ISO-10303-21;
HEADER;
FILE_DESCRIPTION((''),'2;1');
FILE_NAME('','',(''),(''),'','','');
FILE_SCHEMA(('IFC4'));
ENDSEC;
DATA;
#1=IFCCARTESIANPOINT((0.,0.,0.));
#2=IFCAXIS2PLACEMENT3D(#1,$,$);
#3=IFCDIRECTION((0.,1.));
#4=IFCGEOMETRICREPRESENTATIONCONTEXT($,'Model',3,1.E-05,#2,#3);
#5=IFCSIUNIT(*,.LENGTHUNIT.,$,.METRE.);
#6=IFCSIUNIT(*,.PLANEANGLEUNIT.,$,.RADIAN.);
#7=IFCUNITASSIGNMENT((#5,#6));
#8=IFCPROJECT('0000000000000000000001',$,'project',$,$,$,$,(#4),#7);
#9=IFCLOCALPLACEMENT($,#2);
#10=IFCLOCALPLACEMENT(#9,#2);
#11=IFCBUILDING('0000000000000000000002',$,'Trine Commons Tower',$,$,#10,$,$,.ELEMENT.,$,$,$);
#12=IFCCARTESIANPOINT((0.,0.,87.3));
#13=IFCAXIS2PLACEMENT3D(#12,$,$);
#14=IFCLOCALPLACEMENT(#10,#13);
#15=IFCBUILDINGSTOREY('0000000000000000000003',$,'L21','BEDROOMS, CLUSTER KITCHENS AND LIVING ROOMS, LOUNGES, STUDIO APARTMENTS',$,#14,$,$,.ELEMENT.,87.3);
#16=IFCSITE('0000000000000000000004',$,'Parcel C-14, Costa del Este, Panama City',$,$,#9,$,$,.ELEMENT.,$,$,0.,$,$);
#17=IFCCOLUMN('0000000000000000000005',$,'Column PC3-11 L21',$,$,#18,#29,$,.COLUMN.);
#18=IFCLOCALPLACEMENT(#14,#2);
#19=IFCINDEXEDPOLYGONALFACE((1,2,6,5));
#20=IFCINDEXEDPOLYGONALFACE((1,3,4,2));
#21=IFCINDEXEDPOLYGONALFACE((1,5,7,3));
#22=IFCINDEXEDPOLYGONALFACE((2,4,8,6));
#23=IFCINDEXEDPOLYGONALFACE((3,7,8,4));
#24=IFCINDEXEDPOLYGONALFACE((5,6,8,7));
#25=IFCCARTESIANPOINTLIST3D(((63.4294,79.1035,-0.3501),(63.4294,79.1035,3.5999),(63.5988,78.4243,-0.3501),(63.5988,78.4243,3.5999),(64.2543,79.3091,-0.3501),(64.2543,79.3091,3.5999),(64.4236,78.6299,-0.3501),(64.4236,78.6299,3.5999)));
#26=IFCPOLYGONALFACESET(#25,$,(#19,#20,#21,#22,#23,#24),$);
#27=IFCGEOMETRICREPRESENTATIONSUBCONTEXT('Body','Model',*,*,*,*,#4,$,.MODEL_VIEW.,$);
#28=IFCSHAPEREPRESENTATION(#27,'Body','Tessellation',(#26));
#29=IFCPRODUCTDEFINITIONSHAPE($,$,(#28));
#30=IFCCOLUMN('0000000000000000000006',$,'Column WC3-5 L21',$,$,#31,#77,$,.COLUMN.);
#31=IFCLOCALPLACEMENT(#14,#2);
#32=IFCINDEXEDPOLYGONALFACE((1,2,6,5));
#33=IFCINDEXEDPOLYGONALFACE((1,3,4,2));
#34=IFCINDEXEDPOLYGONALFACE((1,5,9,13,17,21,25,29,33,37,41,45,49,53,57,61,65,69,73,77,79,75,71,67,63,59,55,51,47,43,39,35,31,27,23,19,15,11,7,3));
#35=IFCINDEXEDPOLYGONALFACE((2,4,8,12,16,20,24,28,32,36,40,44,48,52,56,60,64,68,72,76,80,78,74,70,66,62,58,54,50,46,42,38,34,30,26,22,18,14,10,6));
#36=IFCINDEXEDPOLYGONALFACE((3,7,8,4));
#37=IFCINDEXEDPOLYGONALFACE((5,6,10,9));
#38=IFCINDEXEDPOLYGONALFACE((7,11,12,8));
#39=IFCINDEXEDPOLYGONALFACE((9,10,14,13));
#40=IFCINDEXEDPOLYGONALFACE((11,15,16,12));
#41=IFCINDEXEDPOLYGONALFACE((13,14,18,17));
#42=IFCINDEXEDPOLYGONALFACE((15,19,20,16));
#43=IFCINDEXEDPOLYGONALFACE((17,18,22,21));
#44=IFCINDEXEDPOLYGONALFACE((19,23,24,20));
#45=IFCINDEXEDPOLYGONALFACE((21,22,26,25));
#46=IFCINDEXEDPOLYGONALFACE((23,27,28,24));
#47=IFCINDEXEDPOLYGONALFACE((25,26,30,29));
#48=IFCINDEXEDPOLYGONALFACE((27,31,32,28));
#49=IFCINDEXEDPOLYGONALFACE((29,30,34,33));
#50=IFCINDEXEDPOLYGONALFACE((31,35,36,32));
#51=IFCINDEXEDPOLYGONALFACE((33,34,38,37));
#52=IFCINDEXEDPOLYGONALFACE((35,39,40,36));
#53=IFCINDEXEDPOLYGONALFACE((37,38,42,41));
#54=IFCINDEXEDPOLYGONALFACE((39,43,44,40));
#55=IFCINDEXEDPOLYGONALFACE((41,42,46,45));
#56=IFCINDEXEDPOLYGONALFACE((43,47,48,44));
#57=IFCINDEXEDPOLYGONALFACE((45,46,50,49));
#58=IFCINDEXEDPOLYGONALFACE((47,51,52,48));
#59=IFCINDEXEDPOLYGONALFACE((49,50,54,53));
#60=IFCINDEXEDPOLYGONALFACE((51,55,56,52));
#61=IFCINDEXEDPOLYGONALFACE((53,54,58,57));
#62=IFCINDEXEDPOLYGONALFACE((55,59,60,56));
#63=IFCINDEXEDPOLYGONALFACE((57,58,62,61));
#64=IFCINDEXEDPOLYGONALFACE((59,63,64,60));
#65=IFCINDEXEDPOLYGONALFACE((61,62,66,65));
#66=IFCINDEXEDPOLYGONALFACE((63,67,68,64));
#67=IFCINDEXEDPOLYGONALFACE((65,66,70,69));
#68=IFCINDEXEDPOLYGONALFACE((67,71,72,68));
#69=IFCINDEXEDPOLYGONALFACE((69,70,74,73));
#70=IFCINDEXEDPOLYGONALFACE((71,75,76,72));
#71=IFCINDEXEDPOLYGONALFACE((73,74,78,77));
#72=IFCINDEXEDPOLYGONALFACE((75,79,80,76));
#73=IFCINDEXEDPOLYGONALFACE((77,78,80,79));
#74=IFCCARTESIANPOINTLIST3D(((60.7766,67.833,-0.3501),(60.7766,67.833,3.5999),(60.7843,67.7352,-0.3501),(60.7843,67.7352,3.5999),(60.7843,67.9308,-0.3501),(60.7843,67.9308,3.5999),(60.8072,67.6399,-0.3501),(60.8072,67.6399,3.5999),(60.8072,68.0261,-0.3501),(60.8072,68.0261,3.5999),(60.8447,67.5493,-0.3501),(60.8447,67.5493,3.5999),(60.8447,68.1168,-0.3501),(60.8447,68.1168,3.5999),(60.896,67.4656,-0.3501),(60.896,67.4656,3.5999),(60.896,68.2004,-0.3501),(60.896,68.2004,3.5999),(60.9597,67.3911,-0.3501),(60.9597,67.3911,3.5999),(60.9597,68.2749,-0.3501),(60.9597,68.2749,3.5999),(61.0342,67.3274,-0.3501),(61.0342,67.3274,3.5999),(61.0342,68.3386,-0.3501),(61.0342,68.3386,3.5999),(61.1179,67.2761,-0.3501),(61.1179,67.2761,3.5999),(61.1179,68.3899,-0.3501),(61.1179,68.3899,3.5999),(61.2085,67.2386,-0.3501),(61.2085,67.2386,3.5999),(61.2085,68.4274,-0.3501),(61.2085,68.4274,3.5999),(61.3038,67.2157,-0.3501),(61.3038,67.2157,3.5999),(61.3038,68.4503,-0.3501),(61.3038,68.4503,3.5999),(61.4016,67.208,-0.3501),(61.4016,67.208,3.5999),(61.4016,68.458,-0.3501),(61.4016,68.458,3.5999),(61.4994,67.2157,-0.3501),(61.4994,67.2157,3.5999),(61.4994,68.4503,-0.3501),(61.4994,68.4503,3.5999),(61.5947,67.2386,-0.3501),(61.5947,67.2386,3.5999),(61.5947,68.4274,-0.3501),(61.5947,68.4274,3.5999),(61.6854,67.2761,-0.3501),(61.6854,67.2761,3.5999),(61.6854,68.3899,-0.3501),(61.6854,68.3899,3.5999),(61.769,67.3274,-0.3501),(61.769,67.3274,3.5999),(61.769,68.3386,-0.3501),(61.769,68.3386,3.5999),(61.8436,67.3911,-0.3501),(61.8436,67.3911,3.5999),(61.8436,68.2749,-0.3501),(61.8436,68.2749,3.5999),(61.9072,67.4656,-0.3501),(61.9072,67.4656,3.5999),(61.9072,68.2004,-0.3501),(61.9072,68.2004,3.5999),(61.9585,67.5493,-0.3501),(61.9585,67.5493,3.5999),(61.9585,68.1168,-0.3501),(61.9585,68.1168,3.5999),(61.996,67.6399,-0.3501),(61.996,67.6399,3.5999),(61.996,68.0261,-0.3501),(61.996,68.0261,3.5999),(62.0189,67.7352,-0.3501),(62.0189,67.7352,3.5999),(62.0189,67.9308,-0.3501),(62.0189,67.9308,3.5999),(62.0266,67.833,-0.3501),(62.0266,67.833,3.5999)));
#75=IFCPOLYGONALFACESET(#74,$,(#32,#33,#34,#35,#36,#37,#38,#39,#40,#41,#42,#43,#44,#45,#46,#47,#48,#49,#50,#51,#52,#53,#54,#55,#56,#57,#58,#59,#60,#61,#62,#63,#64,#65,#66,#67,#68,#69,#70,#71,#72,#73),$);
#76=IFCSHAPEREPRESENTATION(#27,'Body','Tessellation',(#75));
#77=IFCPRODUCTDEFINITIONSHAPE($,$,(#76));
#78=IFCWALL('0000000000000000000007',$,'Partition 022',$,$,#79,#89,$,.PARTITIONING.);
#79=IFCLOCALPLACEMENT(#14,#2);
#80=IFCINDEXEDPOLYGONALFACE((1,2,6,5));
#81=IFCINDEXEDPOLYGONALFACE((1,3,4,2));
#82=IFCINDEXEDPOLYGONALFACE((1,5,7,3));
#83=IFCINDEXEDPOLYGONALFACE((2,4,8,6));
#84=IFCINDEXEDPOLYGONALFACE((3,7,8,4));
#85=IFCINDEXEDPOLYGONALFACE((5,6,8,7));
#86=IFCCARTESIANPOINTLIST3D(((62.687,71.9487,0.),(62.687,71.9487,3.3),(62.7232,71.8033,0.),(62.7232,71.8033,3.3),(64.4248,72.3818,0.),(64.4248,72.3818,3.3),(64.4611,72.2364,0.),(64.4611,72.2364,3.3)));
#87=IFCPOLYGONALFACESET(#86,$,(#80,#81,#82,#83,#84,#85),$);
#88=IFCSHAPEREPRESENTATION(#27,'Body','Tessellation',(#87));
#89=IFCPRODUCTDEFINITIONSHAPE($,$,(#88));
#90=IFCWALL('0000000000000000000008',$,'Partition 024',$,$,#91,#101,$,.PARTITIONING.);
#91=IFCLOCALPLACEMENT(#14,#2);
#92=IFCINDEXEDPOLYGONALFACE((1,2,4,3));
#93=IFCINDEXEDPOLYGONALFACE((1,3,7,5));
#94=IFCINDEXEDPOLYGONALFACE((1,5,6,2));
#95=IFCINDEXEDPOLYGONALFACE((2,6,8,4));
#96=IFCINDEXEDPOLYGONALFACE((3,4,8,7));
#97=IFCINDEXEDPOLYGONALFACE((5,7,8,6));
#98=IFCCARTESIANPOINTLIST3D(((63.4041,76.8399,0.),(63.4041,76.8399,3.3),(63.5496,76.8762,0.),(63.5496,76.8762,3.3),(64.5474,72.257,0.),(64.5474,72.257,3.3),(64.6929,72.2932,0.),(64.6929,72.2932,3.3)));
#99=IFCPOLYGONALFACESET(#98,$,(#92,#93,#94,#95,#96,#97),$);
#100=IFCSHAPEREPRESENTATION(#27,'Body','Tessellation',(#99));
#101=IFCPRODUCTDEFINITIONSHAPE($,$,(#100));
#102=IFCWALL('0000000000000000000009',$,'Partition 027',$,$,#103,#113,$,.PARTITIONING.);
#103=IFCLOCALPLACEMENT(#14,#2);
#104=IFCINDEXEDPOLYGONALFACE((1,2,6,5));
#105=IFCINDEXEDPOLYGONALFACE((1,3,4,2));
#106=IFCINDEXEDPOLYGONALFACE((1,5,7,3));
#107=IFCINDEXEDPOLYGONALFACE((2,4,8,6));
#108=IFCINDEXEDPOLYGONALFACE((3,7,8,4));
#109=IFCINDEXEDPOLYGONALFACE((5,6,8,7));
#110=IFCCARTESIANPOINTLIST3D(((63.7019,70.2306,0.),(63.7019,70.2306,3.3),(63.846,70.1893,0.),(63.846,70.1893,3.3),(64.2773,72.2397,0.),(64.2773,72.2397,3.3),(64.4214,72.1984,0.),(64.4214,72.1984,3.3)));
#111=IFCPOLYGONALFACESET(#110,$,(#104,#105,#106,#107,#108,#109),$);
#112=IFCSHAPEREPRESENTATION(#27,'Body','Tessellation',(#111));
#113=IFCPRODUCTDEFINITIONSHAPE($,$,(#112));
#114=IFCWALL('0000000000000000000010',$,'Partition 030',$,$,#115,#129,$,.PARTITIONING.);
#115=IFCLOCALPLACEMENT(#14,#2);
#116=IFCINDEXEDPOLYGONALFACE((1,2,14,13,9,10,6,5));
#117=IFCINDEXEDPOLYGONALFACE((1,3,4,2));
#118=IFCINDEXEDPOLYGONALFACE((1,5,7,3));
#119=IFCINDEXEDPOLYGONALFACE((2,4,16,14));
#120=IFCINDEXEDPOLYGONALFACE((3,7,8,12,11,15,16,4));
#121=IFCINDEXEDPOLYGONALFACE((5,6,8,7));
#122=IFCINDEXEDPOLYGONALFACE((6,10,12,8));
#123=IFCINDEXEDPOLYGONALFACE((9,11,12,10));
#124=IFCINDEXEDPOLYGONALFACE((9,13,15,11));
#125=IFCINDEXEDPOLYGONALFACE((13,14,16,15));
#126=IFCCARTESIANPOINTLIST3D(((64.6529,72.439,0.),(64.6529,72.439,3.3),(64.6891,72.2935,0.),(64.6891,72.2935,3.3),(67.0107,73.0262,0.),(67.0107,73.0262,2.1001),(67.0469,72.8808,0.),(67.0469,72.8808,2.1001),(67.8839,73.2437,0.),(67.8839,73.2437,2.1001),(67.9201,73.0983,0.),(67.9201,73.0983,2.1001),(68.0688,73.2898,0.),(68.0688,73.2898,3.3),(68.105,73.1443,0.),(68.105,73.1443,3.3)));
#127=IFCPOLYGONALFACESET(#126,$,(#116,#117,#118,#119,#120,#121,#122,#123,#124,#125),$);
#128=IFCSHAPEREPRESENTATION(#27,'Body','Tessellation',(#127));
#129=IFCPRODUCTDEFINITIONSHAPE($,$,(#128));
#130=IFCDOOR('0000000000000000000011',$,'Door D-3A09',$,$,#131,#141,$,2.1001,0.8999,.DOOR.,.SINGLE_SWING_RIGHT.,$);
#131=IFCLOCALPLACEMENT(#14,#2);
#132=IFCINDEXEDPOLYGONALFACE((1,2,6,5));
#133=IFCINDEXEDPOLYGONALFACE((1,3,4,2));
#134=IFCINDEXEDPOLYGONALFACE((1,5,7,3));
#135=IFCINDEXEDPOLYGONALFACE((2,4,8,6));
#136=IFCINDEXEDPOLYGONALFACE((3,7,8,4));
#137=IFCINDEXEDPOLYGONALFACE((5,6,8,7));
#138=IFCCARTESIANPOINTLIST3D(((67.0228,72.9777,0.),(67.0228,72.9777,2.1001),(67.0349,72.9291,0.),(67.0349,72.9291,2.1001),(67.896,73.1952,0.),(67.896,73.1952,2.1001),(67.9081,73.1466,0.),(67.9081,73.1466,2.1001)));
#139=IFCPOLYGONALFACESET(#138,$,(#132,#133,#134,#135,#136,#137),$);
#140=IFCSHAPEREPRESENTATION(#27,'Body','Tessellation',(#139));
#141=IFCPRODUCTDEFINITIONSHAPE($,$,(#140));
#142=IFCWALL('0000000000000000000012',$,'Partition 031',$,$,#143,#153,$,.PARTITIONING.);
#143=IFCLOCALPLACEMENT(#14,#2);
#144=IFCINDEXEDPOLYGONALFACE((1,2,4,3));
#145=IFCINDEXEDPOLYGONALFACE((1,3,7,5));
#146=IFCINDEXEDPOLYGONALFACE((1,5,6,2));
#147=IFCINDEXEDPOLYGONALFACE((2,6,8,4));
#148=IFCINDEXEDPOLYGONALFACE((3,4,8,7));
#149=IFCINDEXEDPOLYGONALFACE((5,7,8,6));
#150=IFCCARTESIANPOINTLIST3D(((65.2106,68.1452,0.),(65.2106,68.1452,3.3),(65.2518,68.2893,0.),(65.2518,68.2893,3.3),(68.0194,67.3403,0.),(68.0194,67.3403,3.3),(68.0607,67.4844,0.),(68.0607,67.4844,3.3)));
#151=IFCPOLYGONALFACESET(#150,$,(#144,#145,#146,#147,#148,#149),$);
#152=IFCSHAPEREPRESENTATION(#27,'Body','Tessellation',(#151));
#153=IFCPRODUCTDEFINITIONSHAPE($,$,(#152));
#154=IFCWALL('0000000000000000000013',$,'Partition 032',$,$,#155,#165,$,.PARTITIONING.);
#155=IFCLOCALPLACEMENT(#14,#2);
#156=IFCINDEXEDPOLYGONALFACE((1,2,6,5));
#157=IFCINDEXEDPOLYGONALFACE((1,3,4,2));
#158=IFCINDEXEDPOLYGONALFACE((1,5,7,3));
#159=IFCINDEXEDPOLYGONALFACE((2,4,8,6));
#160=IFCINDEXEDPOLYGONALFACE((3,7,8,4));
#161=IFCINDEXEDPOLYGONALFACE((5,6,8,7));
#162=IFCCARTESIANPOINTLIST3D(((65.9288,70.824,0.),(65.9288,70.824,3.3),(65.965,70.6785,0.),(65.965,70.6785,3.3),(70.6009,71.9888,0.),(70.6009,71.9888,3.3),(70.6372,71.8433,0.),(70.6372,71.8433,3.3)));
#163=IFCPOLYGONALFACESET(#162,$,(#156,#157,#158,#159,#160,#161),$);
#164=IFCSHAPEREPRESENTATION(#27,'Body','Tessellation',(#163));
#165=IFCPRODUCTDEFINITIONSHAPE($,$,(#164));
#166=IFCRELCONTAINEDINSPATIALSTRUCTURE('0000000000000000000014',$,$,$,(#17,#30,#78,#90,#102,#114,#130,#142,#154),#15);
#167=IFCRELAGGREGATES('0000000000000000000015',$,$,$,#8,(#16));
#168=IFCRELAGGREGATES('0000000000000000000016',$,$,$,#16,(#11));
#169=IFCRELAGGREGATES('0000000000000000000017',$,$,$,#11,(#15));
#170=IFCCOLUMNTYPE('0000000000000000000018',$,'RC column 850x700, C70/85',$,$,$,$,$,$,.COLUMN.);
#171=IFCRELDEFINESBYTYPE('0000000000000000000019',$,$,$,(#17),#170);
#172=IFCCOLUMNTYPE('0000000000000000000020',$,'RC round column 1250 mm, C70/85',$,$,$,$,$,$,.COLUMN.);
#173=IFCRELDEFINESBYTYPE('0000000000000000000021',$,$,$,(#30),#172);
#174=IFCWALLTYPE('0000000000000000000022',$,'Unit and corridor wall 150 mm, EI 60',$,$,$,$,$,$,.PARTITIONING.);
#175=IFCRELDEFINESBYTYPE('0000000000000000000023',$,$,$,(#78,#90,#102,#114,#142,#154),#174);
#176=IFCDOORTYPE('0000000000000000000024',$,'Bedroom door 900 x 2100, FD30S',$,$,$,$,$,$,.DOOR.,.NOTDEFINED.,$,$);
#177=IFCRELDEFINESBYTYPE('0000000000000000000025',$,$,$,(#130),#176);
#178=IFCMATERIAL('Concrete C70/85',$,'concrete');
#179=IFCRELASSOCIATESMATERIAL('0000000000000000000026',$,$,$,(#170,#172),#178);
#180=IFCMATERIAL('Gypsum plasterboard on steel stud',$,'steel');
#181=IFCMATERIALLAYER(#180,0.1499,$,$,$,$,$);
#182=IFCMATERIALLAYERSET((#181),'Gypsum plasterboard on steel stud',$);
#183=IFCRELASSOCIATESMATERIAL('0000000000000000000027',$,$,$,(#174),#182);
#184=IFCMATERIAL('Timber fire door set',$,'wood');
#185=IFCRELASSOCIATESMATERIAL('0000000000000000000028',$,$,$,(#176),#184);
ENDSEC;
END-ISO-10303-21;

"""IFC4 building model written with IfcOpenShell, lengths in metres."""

from ifc_helpers import new_model, si_unit, direction, frame, frame_2d, origin, origin_2d, place, context, subcontext, project, spatial, rectangle, circle, extrude, material, layer, layer_set, material_profile, profile_set, type_object, element, fill, save


model = new_model("IFC4")

# Units and contexts
model_context = context("Model", 3, precision=1e-05, world=origin(), true_north=direction((0.0, 1.0)))
body_context = subcontext(model_context, "Body", "Model", "MODEL_VIEW")
ifc_project = project(units=[si_unit("LENGTHUNIT", "METRE"), si_unit("PLANEANGLEUNIT", "RADIAN")], contexts=[model_context])

# Site, building, storey
site_placement = place(None, origin())
site = spatial("IfcSite", under=ifc_project, at=site_placement, Name="Parcel C-14, Costa del Este, Panama City", CompositionType="ELEMENT", RefElevation=0.0)
building_placement = place(site_placement, origin())
building = spatial("IfcBuilding", under=site, at=building_placement, Name="Trine Commons Tower", CompositionType="ELEMENT")
storey_placement = place(building_placement, frame((0.0, 0.0, 87.3)))
storey = spatial("IfcBuildingStorey", under=building, at=storey_placement, Name="L21", Description="BEDROOMS, CLUSTER KITCHENS AND LIVING ROOMS, LOUNGES, STUDIO APARTMENTS", CompositionType="ELEMENT", Elevation=87.3)

# Columns
ifc_material_1 = material(Name="Concrete C70/85", Category="concrete")
ifc_material_profile_1 = material_profile(ifc_material_1, rectangle(XDim=0.8501, YDim=0.7, at=origin_2d()), Name="RC 850x700")
ifc_profile_set_1 = profile_set([ifc_material_profile_1], Name="Concrete C70/85")
column_type_1 = type_object("IfcColumnType", Name="RC column 850x700, C70/85", PredefinedType="COLUMN", material=ifc_profile_set_1)
column_1_placement = place(storey_placement, frame((63.9265, 78.8667, -0.3501), z_axis=(0.0, 0.0, 1.0), x_axis=(0.970296, 0.241922, 0.0)))
element("IfcColumn", 1, at=column_1_placement, inside=storey, type_object=column_type_1, Name="Column PC3-11 L21", PredefinedType="COLUMN", context=body_context, shape_type="SweptSolid", body=[
    extrude(rectangle(XDim=0.8501, YDim=0.7, at=origin_2d()), origin(), (0.0, 0.0, 1.0), 3.95),
])
ifc_material_profile_2 = material_profile(ifc_material_1, circle(Radius=0.625, at=origin_2d()), Name="RC round 1250")
ifc_profile_set_2 = profile_set([ifc_material_profile_2], Name="Concrete C70/85")
column_type_2 = type_object("IfcColumnType", Name="RC round column 1250 mm, C70/85", PredefinedType="COLUMN", material=ifc_profile_set_2)
column_2_placement = place(storey_placement, frame((61.4016, 67.833, -0.3501), z_axis=(0.0, 0.0, 1.0), x_axis=(1.0, 0.0, 0.0)))
element("IfcColumn", 2, at=column_2_placement, inside=storey, type_object=column_type_2, Name="Column WC3-5 L21", PredefinedType="COLUMN", context=body_context, shape_type="SweptSolid", body=[
    extrude(circle(Radius=0.625, at=origin_2d()), origin(), (0.0, 0.0, 1.0), 3.95),
])

# Walls
ifc_material_2 = material(Name="Gypsum plasterboard on steel stud", Category="steel")
ifc_layer_1 = layer(ifc_material_2, 0.1499)
ifc_layer_set_1 = layer_set([ifc_layer_1], Name="Gypsum plasterboard on steel stud")
wall_type_1 = type_object("IfcWallType", Name="Unit and corridor wall 150 mm, EI 60", PredefinedType="PARTITIONING", material=ifc_layer_set_1)
wall_1_placement = place(storey_placement, frame((62.7051, 71.876, 0.0), z_axis=(0.0, 0.0, 1.0), x_axis=(0.970319, 0.24183, 0.0)))
element("IfcWall", 3, at=wall_1_placement, inside=storey, type_object=wall_type_1, Name="Partition 022", PredefinedType="PARTITIONING", context=body_context, shape_type="SweptSolid", body=[
    extrude(rectangle(XDim=1.791, YDim=0.1499, at=frame_2d((0.8955, 0.0))), origin(), (0.0, 0.0, 1.0), 3.3),
])
wall_2_placement = place(storey_placement, frame((63.4768, 76.8582, 0.0), z_axis=(0.0, 0.0, 1.0), x_axis=(0.242049, -0.970264, 0.0)))
element("IfcWall", 4, at=wall_2_placement, inside=storey, type_object=wall_type_1, Name="Partition 024", PredefinedType="PARTITIONING", context=body_context, shape_type="SweptSolid", body=[
    extrude(rectangle(XDim=4.7234, YDim=0.1499, at=frame_2d((2.3618, 0.0))), origin(), (0.0, 0.0, 1.0), 3.3),
])
wall_3_placement = place(storey_placement, frame((63.7739, 70.21, 0.0), z_axis=(0.0, 0.0, 1.0), x_axis=(0.275354, 0.961343, 0.0)))
element("IfcWall", 5, at=wall_3_placement, inside=storey, type_object=wall_type_1, Name="Partition 027", PredefinedType="PARTITIONING", context=body_context, shape_type="SweptSolid", body=[
    extrude(rectangle(XDim=2.0898, YDim=0.1499, at=frame_2d((1.0449, 0.0))), origin(), (0.0, 0.0, 1.0), 3.3),
])

# Wall, opening, door
wall_4_placement = place(storey_placement, frame((64.6709, 72.3662, 0.0), z_axis=(0.0, 0.0, 1.0), x_axis=(0.970354, 0.241687, 0.0)))
wall_4 = element("IfcWall", 6, at=wall_4_placement, inside=storey, type_object=wall_type_1, Name="Partition 030", PredefinedType="PARTITIONING", context=body_context, shape_type="SweptSolid", body=[
    extrude(rectangle(XDim=3.5203, YDim=0.1499, at=frame_2d((1.7603, 0.0))), origin(), (0.0, 0.0, 1.0), 3.3),
])
opening_1_placement = place(wall_4_placement, frame((2.4299, 0.0, 0.0)))
opening_1 = element("IfcOpeningElement", 7, at=opening_1_placement, cuts=wall_4, PredefinedType="OPENING", context=body_context, shape_type="SweptSolid", body=[
    extrude(rectangle(XDim=0.8999, YDim=2.1001, at=frame_2d((0.45, 1.05))), frame((0.0, 0.085, 0.0), z_axis=(0.0, -1.0, 0.0), x_axis=(1.0, 0.0, 0.0)), (0.0, 0.0, 1.0), 0.1699),
])
ifc_material_3 = material(Name="Timber fire door set", Category="wood")
door_type_1 = type_object("IfcDoorType", Name="Bedroom door 900 x 2100, FD30S", OperationType="NOTDEFINED", PredefinedType="DOOR", material=ifc_material_3)
door_1_placement = place(opening_1_placement, origin())
door_1 = element("IfcDoor", 8, at=door_1_placement, inside=storey, type_object=door_type_1, Name="Door D-3A09", OperationType="SINGLE_SWING_RIGHT", OverallHeight=2.1001, OverallWidth=0.8999, PredefinedType="DOOR", context=body_context, shape_type="SweptSolid", body=[
    extrude(rectangle(XDim=0.8999, YDim=2.1001, at=frame_2d((0.45, 1.05))), frame((0.0, 0.0249, 0.0), z_axis=(0.0, -1.0, 0.0), x_axis=(1.0, 0.0, 0.0)), (0.0, 0.0, 1.0), 0.05),
])
fill(opening_1, door_1)

# Walls
wall_5_placement = place(storey_placement, frame((65.2312, 68.2173, 0.0), z_axis=(0.0, 0.0, 1.0), x_axis=(0.961306, -0.275483, 0.0)))
element("IfcWall", 9, at=wall_5_placement, inside=storey, type_object=wall_type_1, Name="Partition 031", PredefinedType="PARTITIONING", context=body_context, shape_type="SweptSolid", body=[
    extrude(rectangle(XDim=2.9219, YDim=0.1499, at=frame_2d((1.4609, 0.0))), origin(), (0.0, 0.0, 1.0), 3.3),
])
wall_6_placement = place(storey_placement, frame((65.9468, 70.7512, 0.0), z_axis=(0.0, 0.0, 1.0), x_axis=(0.9703, 0.241903, 0.0)))
element("IfcWall", 10, at=wall_6_placement, inside=storey, type_object=wall_type_1, Name="Partition 032", PredefinedType="PARTITIONING", context=body_context, shape_type="SweptSolid", body=[
    extrude(rectangle(XDim=4.8152, YDim=0.1499, at=frame_2d((2.4077, 0.0))), origin(), (0.0, 0.0, 1.0), 3.3),
])

save(model, "model.ifc")
